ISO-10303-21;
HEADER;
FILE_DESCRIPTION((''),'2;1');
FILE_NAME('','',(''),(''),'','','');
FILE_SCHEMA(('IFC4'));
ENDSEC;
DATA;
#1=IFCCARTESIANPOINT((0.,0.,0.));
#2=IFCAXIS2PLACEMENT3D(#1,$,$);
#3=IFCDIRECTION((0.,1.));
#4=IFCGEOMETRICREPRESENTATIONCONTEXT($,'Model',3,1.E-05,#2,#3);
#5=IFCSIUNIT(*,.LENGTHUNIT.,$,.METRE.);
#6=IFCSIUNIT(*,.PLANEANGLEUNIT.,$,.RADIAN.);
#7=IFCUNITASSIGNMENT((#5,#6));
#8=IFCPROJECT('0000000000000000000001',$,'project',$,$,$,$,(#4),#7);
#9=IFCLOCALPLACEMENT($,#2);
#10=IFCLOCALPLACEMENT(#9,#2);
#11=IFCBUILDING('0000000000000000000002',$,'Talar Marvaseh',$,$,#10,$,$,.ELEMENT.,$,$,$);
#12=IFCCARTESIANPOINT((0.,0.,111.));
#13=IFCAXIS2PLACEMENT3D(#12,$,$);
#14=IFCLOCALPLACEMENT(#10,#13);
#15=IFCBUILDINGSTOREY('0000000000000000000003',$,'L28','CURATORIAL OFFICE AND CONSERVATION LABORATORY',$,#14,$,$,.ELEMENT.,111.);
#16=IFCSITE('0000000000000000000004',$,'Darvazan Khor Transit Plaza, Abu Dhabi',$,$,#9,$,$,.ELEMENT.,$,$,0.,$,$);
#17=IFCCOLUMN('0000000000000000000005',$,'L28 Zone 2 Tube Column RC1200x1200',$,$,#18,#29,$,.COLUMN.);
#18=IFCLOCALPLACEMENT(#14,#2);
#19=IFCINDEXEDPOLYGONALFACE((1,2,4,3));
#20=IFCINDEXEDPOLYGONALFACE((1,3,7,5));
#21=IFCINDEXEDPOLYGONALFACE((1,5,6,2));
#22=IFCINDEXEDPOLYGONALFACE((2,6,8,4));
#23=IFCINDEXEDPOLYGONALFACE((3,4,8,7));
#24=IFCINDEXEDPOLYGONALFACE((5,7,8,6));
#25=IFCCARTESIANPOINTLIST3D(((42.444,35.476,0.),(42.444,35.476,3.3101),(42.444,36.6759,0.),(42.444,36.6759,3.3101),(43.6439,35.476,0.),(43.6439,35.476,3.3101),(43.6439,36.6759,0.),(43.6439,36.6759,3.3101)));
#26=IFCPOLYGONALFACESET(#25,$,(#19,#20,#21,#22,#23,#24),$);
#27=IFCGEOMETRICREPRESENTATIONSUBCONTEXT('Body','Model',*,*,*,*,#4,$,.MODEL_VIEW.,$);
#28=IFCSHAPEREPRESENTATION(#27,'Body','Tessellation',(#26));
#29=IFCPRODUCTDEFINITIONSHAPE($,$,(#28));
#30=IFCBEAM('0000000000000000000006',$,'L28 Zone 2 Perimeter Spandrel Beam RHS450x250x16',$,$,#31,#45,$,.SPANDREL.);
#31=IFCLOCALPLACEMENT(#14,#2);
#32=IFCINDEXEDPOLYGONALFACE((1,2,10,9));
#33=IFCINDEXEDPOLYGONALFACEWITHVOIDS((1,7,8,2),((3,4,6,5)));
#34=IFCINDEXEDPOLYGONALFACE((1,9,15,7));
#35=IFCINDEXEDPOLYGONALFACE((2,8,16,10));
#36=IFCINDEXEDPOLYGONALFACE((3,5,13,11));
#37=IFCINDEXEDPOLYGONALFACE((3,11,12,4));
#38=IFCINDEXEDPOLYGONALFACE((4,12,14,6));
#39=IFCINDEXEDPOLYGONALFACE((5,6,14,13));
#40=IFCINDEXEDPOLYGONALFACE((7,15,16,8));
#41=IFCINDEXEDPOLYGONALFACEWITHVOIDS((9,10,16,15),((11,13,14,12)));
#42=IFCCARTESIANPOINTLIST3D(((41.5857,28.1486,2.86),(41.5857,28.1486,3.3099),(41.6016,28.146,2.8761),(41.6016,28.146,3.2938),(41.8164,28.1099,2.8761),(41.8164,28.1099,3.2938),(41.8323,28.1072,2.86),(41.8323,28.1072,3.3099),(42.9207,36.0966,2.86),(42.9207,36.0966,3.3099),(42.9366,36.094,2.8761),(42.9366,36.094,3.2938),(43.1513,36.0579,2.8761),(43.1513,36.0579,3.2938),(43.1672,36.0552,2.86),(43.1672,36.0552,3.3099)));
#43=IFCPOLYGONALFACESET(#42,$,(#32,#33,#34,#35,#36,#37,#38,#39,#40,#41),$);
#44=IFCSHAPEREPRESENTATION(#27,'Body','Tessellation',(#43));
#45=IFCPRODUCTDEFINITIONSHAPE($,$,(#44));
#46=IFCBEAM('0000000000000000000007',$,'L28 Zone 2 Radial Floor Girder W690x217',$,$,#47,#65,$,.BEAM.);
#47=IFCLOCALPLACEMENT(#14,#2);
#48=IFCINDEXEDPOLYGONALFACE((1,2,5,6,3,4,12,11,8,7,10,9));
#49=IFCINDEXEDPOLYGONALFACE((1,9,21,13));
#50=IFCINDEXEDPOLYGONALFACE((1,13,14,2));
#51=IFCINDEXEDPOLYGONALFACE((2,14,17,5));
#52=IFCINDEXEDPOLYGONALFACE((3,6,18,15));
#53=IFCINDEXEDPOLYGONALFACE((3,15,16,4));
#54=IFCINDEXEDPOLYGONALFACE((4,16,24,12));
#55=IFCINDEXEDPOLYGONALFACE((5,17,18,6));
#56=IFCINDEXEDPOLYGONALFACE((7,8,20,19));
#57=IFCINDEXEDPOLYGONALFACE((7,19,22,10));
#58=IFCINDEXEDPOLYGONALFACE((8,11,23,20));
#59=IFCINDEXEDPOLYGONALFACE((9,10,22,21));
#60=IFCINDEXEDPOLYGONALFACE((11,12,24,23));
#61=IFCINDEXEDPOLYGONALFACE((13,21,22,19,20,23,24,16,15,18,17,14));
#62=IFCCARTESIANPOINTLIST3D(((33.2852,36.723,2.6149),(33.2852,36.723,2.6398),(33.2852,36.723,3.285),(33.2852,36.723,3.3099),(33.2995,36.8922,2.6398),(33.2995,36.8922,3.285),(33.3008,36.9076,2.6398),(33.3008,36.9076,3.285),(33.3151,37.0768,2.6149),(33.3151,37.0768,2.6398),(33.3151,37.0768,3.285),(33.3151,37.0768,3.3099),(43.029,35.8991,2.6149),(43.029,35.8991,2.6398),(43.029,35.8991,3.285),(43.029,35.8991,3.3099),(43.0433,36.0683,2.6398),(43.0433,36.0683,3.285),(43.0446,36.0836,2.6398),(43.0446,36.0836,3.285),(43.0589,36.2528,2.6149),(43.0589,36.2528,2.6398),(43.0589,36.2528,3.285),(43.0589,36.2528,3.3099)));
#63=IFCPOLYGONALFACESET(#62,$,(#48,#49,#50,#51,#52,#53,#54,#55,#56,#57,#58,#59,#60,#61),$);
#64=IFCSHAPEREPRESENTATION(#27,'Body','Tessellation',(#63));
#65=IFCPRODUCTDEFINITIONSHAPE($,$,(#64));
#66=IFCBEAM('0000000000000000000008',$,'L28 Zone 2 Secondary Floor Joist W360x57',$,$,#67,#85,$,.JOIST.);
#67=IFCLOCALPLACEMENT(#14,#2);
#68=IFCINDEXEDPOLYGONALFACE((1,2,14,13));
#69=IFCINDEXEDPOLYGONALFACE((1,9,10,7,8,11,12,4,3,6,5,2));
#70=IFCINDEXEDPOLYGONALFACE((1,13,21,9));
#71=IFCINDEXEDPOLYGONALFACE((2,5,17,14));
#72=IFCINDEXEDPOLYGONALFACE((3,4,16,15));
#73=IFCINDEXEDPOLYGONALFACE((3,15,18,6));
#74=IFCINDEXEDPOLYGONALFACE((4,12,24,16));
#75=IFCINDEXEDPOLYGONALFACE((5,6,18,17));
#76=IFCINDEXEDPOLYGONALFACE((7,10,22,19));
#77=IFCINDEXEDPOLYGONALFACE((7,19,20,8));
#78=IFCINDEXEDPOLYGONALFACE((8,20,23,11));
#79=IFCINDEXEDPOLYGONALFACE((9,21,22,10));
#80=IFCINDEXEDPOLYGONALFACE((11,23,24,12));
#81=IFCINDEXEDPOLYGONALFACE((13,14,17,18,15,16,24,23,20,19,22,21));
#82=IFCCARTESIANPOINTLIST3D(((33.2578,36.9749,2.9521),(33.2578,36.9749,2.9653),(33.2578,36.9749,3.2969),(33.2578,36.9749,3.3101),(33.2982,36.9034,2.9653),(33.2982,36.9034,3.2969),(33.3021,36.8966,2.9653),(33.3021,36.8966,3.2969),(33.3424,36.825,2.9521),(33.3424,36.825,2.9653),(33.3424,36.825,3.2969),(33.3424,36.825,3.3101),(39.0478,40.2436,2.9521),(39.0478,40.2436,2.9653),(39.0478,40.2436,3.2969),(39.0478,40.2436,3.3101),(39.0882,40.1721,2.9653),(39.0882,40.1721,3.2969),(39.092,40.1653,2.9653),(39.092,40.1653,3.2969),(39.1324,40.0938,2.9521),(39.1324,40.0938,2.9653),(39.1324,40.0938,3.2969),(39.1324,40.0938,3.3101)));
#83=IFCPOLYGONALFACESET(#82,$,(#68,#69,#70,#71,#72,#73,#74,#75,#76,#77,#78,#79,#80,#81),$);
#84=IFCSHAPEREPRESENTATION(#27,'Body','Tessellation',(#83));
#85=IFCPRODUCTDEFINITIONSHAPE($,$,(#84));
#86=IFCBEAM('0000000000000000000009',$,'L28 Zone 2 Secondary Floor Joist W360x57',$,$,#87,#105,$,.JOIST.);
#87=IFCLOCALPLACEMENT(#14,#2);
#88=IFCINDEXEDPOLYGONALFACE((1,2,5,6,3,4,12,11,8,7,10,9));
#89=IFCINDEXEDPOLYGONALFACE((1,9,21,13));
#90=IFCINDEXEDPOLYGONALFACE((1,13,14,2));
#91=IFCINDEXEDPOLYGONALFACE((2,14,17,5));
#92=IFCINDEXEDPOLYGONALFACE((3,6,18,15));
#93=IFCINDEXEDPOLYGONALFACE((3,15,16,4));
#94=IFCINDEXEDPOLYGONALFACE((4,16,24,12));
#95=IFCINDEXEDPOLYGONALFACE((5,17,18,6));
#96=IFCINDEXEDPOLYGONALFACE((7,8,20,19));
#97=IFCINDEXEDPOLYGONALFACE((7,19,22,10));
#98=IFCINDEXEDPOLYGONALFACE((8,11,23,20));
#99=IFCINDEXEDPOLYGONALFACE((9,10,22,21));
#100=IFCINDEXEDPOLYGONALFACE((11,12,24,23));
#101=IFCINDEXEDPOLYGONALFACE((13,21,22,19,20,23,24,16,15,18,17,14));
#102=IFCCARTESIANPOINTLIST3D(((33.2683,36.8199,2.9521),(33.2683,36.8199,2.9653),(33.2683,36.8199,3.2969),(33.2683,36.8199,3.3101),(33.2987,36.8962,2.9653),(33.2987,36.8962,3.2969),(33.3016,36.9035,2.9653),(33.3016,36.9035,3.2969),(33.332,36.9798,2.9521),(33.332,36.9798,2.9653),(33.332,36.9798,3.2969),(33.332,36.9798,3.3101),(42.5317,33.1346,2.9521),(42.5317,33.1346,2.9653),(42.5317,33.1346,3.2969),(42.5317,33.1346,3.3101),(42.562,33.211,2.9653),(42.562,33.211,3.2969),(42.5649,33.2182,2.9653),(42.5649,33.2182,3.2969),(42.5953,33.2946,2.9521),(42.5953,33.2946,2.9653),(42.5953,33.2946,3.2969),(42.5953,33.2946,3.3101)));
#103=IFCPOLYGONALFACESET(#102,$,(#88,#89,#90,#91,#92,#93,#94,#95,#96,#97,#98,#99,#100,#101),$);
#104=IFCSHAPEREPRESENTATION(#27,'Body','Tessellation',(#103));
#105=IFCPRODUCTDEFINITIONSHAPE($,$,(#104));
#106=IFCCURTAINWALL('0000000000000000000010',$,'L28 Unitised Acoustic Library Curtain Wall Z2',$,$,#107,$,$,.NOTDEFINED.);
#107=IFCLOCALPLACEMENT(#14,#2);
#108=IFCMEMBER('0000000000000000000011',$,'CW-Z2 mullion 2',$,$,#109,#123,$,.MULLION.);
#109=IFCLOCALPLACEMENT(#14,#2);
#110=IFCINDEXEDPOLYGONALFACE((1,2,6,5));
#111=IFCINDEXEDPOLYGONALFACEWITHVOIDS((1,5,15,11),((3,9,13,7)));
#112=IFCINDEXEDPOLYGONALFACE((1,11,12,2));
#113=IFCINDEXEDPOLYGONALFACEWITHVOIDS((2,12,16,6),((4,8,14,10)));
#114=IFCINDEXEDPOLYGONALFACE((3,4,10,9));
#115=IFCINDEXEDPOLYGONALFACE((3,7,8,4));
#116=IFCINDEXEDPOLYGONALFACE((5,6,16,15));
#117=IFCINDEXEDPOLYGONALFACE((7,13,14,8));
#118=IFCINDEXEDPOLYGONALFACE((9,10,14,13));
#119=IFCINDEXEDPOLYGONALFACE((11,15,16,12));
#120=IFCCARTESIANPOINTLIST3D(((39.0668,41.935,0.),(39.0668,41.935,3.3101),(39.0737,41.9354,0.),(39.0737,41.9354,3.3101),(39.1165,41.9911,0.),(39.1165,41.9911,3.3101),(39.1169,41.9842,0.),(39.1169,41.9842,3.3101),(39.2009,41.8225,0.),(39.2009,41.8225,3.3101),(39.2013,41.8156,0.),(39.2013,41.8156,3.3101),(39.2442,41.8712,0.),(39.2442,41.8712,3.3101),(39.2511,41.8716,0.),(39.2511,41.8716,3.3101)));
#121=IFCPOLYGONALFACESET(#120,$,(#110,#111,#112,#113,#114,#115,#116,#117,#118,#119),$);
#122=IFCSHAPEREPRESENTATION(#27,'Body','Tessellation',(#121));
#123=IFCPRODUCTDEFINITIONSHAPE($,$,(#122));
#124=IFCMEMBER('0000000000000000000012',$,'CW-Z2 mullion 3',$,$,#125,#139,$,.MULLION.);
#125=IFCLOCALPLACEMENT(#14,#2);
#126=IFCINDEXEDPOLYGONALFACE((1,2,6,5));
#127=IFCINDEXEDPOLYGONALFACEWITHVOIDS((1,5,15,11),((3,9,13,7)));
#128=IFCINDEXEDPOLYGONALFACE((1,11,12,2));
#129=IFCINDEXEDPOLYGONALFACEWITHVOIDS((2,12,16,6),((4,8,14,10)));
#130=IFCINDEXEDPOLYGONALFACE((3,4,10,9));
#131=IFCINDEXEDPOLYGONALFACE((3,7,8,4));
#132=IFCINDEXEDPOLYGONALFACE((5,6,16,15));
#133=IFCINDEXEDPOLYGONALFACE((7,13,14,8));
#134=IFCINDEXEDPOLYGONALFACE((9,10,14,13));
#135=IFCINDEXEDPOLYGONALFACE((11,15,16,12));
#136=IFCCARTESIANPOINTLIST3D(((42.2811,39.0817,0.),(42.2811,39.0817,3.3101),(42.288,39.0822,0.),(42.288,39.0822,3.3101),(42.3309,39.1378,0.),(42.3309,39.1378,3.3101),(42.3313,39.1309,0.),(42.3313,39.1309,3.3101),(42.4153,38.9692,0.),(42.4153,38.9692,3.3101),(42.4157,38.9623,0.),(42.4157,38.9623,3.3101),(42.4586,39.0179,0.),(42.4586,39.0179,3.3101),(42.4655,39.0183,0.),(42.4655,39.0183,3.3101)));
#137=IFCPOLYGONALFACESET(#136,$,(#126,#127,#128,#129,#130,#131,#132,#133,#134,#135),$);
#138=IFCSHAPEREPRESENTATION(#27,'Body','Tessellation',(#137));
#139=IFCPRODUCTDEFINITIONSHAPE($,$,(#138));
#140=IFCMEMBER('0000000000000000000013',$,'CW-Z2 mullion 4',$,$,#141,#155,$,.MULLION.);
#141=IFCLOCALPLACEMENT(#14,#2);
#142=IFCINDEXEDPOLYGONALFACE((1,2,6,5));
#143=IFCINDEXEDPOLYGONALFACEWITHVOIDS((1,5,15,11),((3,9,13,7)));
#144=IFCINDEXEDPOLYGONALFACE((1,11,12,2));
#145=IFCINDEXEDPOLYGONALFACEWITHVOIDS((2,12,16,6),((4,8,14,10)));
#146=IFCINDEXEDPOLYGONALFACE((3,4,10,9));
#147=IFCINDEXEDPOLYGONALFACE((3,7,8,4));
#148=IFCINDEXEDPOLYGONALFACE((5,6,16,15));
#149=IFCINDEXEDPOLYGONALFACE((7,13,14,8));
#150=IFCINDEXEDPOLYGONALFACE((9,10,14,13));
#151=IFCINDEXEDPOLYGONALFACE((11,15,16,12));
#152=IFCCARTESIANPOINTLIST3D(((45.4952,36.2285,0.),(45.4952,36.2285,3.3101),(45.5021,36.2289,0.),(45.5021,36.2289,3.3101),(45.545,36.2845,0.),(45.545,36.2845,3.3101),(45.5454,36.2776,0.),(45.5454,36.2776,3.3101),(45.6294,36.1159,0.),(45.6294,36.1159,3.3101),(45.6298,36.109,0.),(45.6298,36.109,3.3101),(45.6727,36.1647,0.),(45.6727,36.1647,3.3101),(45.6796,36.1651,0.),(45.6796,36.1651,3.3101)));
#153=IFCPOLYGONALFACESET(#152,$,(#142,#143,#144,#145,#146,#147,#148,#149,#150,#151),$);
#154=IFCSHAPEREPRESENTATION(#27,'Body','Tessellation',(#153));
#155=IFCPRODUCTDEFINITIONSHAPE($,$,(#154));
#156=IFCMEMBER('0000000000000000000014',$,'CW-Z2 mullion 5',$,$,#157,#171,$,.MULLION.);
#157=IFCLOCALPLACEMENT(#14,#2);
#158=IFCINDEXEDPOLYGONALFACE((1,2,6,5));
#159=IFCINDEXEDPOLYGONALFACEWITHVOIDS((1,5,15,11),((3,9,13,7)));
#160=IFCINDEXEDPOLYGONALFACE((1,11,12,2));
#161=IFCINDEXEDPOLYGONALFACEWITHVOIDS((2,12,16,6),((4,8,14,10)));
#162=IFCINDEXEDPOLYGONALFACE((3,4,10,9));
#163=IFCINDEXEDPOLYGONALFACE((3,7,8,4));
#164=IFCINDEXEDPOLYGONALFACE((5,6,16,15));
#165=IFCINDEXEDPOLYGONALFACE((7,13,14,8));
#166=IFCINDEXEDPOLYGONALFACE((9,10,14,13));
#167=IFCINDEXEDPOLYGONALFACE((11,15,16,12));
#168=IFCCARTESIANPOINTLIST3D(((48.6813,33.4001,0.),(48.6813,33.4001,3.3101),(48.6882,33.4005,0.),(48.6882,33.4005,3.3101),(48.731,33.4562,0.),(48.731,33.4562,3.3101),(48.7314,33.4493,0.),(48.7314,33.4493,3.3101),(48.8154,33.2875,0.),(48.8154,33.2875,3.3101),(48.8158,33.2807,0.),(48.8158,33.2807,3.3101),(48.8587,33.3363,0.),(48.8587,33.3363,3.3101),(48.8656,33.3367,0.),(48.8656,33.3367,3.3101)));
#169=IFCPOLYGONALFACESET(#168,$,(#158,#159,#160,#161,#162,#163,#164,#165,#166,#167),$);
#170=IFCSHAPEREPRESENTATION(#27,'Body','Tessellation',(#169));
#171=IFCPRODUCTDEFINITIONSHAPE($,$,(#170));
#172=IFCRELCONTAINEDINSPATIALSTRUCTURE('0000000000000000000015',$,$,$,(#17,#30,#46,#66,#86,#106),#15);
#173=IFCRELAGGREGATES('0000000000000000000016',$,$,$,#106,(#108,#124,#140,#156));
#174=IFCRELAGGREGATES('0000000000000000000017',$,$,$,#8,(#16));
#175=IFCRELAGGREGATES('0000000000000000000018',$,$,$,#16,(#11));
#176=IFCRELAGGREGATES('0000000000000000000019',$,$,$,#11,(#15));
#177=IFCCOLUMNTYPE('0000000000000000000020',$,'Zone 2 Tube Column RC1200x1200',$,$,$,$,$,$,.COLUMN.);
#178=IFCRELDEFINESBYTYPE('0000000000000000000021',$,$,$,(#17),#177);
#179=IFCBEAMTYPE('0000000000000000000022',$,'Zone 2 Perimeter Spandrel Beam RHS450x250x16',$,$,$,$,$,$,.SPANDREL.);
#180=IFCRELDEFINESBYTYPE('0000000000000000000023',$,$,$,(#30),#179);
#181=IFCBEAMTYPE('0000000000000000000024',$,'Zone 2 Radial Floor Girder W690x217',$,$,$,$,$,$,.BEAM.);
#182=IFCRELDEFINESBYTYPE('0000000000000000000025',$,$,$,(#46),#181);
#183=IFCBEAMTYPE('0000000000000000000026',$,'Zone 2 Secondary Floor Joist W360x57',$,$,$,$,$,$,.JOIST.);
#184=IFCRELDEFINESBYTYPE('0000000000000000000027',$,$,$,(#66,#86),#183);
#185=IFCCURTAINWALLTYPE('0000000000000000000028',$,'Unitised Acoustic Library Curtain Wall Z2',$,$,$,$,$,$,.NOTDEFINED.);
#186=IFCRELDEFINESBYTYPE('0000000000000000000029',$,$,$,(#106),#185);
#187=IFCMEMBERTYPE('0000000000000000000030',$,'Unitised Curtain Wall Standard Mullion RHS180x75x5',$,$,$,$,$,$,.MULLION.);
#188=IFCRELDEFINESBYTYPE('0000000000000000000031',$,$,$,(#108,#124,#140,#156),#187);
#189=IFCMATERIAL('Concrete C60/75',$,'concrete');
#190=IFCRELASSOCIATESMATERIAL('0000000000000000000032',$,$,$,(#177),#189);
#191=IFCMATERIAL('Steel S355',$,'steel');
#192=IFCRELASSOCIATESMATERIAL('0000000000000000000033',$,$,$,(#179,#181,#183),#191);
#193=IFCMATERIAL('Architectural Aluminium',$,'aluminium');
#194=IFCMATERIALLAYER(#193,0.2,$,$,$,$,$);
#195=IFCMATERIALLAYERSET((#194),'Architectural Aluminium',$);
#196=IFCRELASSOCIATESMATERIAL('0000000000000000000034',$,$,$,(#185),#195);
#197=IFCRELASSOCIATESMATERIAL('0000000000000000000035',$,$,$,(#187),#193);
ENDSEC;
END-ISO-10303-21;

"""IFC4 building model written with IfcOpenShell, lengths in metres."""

from ifc_helpers import new_model, si_unit, direction, frame, origin, origin_2d, place, context, subcontext, project, spatial, rectangle, hollow_rectangle, i_section, extrude, source, transform, mapped, material, layer, layer_set, material_profile, profile_set, type_object, type_shapes, element, aggregate, save


model = new_model("IFC4")

# Units and contexts
model_context = context("Model", 3, precision=1e-05, world=origin(), true_north=direction((0.0, 1.0)))
body_context = subcontext(model_context, "Body", "Model", "MODEL_VIEW")
ifc_project = project(units=[si_unit("LENGTHUNIT", "METRE"), si_unit("PLANEANGLEUNIT", "RADIAN")], contexts=[model_context])

# Site, building, storey
site_placement = place(None, origin())
site = spatial("IfcSite", under=ifc_project, at=site_placement, Name="Darvazan Khor Transit Plaza, Abu Dhabi", CompositionType="ELEMENT", RefElevation=0.0)
building_placement = place(site_placement, origin())
building = spatial("IfcBuilding", under=site, at=building_placement, Name="Talar Marvaseh", CompositionType="ELEMENT")
storey_placement = place(building_placement, frame((0.0, 0.0, 111.0)))
storey = spatial("IfcBuildingStorey", under=building, at=storey_placement, Name="L28", Description="CURATORIAL OFFICE AND CONSERVATION LABORATORY", CompositionType="ELEMENT", Elevation=111.0)

# Column
ifc_material_1 = material(Name="Concrete C60/75", Category="concrete")
ifc_material_profile_1 = material_profile(ifc_material_1, rectangle(XDim=1.2, YDim=1.2, at=origin_2d()), Name="RC1200x1200")
ifc_profile_set_1 = profile_set([ifc_material_profile_1], Name="Concrete C60/75")
column_type = type_object("IfcColumnType", Name="Zone 2 Tube Column RC1200x1200", PredefinedType="COLUMN", material=ifc_profile_set_1)
column_placement = place(storey_placement, frame((43.0439, 36.0759, 0.0), z_axis=(0.0, 0.0, 1.0), x_axis=(1.0, 0.0, 0.0)))
element("IfcColumn", 1, at=column_placement, inside=storey, type_object=column_type, Name="L28 Zone 2 Tube Column RC1200x1200", PredefinedType="COLUMN", context=body_context, shape_type="SweptSolid", body=[
    extrude(rectangle(XDim=1.2, YDim=1.2, at=origin_2d()), origin(), (0.0, 0.0, 1.0), 3.3101),
])

# Beams
ifc_material_2 = material(Name="Steel S355", Category="steel")
ifc_material_profile_2 = material_profile(ifc_material_2, hollow_rectangle(XDim=0.25, YDim=0.45, WallThickness=0.0161, at=origin_2d()), Name="RHS450x250x16")
ifc_profile_set_2 = profile_set([ifc_material_profile_2], Name="Steel S355")
beam_type_1 = type_object("IfcBeamType", Name="Zone 2 Perimeter Spandrel Beam RHS450x250x16", PredefinedType="SPANDREL", material=ifc_profile_set_2)
beam_1_placement = place(storey_placement, frame((43.0439, 36.0759, 3.085), z_axis=(-0.165642, -0.986186, 0.0), x_axis=(0.986186, -0.165642, 0.0)))
element("IfcBeam", 2, at=beam_1_placement, inside=storey, type_object=beam_type_1, Name="L28 Zone 2 Perimeter Spandrel Beam RHS450x250x16", PredefinedType="SPANDREL", context=body_context, shape_type="SweptSolid", body=[
    extrude(hollow_rectangle(XDim=0.25, YDim=0.45, WallThickness=0.0161, at=origin_2d()), origin(), (0.0, 0.0, 1.0), 8.0593),
])
ifc_material_profile_3 = material_profile(ifc_material_2, i_section(OverallWidth=0.355, OverallDepth=0.6951, WebThickness=0.0154, FlangeThickness=0.0249, at=origin_2d()), Name="W690x217")
ifc_profile_set_3 = profile_set([ifc_material_profile_3], Name="Steel S355")
beam_type_2 = type_object("IfcBeamType", Name="Zone 2 Radial Floor Girder W690x217", PredefinedType="BEAM", material=ifc_profile_set_3)
beam_2_placement = place(storey_placement, frame((43.0439, 36.0759, 2.9624), z_axis=(-0.996444, 0.084262, 0.0), x_axis=(-0.084262, -0.996444, 0.0)))
element("IfcBeam", 3, at=beam_2_placement, inside=storey, type_object=beam_type_2, Name="L28 Zone 2 Radial Floor Girder W690x217", PredefinedType="BEAM", context=body_context, shape_type="SweptSolid", body=[
    extrude(i_section(OverallWidth=0.355, OverallDepth=0.6951, WebThickness=0.0154, FlangeThickness=0.0249, at=origin_2d()), origin(), (0.0, 0.0, 1.0), 9.7786),
])
ifc_material_profile_4 = material_profile(ifc_material_2, i_section(OverallWidth=0.1721, OverallDepth=0.3579, WebThickness=0.0078, FlangeThickness=0.0132, at=origin_2d()), Name="W360x57")
ifc_profile_set_4 = profile_set([ifc_material_profile_4], Name="Steel S355")
beam_type_3 = type_object("IfcBeamType", Name="Zone 2 Secondary Floor Joist W360x57", PredefinedType="JOIST", material=ifc_profile_set_4)
beam_3_placement = place(storey_placement, frame((39.0901, 40.1687, 3.1311), z_axis=(-0.87081, -0.49162, 0.0), x_axis=(0.49162, -0.87081, 0.0)))
element("IfcBeam", 4, at=beam_3_placement, inside=storey, type_object=beam_type_3, Name="L28 Zone 2 Secondary Floor Joist W360x57", PredefinedType="JOIST", context=body_context, shape_type="SweptSolid", body=[
    extrude(i_section(OverallWidth=0.1721, OverallDepth=0.3579, WebThickness=0.0078, FlangeThickness=0.0132, at=origin_2d()), origin(), (0.0, 0.0, 1.0), 6.6489),
])
beam_4_placement = place(storey_placement, frame((42.5635, 33.2146, 3.1311), z_axis=(-0.929169, 0.369655, 0.0), x_axis=(-0.369655, -0.929169, 0.0)))
element("IfcBeam", 5, at=beam_4_placement, inside=storey, type_object=beam_type_3, Name="L28 Zone 2 Secondary Floor Joist W360x57", PredefinedType="JOIST", context=body_context, shape_type="SweptSolid", body=[
    extrude(i_section(OverallWidth=0.1721, OverallDepth=0.3579, WebThickness=0.0078, FlangeThickness=0.0132, at=origin_2d()), origin(), (0.0, 0.0, 1.0), 9.9695),
])

# Curtain wall, members
ifc_material_3 = material(Name="Architectural Aluminium", Category="aluminium")
ifc_layer_1 = layer(ifc_material_3, 0.2)
ifc_layer_set_1 = layer_set([ifc_layer_1], Name="Architectural Aluminium")
curtain_wall_type = type_object("IfcCurtainWallType", Name="Unitised Acoustic Library Curtain Wall Z2", PredefinedType="NOTDEFINED", material=ifc_layer_set_1)
curtain_wall_1_placement = place(storey_placement, origin())
curtain_wall_1 = element("IfcCurtainWall", 6, at=curtain_wall_1_placement, inside=storey, type_object=curtain_wall_type, Name="L28 Unitised Acoustic Library Curtain Wall Z2", PredefinedType="NOTDEFINED")
ifc_material_profile_5 = material_profile(ifc_material_3, hollow_rectangle(XDim=0.075, YDim=0.1799, WallThickness=0.0049, at=origin_2d()), Name="RHS180x75x5")
ifc_profile_set_5 = profile_set([ifc_material_profile_5], Name="Architectural Aluminium")
member_type_1 = type_object("IfcMemberType", Name="Unitised Curtain Wall Standard Mullion RHS180x75x5", PredefinedType="MULLION", material=ifc_profile_set_5)
shared_shape_1 = source(origin(), body_context, "Body", "SweptSolid", [
    extrude(hollow_rectangle(XDim=0.075, YDim=0.1799, WallThickness=0.0049, at=origin_2d()), origin(), (0.0, 0.0, 1.0), 3.3101),
])
type_shapes(member_type_1, [shared_shape_1])
member_1_placement = place(storey_placement, frame((39.1589, 41.9033, 0.0), z_axis=(0.0, 0.0, 1.0), x_axis=(0.663877, 0.747842, 0.0)))
member_1 = element("IfcMember", 7, at=member_1_placement, type_object=member_type_1, Name="CW-Z2 mullion 2", PredefinedType="MULLION", context=body_context, shape_type="MappedRepresentation", body=[
    mapped(shared_shape_1, transform((0.0, 0.0, 0.0), x_axis=(1.0, 0.0, 0.0), y_axis=(0.0, 1.0, 0.0), z_axis=(0.0, 0.0, 1.0), scale=1.0)),
])
member_2_placement = place(storey_placement, frame((42.3733, 39.05, 0.0), z_axis=(0.0, 0.0, 1.0), x_axis=(0.663877, 0.747842, 0.0)))
member_2 = element("IfcMember", 8, at=member_2_placement, type_object=member_type_1, Name="CW-Z2 mullion 3", PredefinedType="MULLION", context=body_context, shape_type="MappedRepresentation", body=[
    mapped(shared_shape_1, transform((0.0, 0.0, 0.0), x_axis=(1.0, 0.0, 0.0), y_axis=(0.0, 1.0, 0.0), z_axis=(0.0, 0.0, 1.0), scale=1.0)),
])
member_3_placement = place(storey_placement, frame((45.5874, 36.1968, 0.0), z_axis=(0.0, 0.0, 1.0), x_axis=(0.663877, 0.747842, 0.0)))
member_3 = element("IfcMember", 9, at=member_3_placement, type_object=member_type_1, Name="CW-Z2 mullion 4", PredefinedType="MULLION", context=body_context, shape_type="MappedRepresentation", body=[
    mapped(shared_shape_1, transform((0.0, 0.0, 0.0), x_axis=(1.0, 0.0, 0.0), y_axis=(0.0, 1.0, 0.0), z_axis=(0.0, 0.0, 1.0), scale=1.0)),
])
member_4_placement = place(storey_placement, frame((48.7734, 33.3684, 0.0), z_axis=(0.0, 0.0, 1.0), x_axis=(0.663877, 0.747842, 0.0)))
member_4 = element("IfcMember", 10, at=member_4_placement, type_object=member_type_1, Name="CW-Z2 mullion 5", PredefinedType="MULLION", context=body_context, shape_type="MappedRepresentation", body=[
    mapped(shared_shape_1, transform((0.0, 0.0, 0.0), x_axis=(1.0, 0.0, 0.0), y_axis=(0.0, 1.0, 0.0), z_axis=(0.0, 0.0, 1.0), scale=1.0)),
])

aggregate(curtain_wall_1, [member_1, member_2, member_3, member_4])

save(model, "model.ifc")
